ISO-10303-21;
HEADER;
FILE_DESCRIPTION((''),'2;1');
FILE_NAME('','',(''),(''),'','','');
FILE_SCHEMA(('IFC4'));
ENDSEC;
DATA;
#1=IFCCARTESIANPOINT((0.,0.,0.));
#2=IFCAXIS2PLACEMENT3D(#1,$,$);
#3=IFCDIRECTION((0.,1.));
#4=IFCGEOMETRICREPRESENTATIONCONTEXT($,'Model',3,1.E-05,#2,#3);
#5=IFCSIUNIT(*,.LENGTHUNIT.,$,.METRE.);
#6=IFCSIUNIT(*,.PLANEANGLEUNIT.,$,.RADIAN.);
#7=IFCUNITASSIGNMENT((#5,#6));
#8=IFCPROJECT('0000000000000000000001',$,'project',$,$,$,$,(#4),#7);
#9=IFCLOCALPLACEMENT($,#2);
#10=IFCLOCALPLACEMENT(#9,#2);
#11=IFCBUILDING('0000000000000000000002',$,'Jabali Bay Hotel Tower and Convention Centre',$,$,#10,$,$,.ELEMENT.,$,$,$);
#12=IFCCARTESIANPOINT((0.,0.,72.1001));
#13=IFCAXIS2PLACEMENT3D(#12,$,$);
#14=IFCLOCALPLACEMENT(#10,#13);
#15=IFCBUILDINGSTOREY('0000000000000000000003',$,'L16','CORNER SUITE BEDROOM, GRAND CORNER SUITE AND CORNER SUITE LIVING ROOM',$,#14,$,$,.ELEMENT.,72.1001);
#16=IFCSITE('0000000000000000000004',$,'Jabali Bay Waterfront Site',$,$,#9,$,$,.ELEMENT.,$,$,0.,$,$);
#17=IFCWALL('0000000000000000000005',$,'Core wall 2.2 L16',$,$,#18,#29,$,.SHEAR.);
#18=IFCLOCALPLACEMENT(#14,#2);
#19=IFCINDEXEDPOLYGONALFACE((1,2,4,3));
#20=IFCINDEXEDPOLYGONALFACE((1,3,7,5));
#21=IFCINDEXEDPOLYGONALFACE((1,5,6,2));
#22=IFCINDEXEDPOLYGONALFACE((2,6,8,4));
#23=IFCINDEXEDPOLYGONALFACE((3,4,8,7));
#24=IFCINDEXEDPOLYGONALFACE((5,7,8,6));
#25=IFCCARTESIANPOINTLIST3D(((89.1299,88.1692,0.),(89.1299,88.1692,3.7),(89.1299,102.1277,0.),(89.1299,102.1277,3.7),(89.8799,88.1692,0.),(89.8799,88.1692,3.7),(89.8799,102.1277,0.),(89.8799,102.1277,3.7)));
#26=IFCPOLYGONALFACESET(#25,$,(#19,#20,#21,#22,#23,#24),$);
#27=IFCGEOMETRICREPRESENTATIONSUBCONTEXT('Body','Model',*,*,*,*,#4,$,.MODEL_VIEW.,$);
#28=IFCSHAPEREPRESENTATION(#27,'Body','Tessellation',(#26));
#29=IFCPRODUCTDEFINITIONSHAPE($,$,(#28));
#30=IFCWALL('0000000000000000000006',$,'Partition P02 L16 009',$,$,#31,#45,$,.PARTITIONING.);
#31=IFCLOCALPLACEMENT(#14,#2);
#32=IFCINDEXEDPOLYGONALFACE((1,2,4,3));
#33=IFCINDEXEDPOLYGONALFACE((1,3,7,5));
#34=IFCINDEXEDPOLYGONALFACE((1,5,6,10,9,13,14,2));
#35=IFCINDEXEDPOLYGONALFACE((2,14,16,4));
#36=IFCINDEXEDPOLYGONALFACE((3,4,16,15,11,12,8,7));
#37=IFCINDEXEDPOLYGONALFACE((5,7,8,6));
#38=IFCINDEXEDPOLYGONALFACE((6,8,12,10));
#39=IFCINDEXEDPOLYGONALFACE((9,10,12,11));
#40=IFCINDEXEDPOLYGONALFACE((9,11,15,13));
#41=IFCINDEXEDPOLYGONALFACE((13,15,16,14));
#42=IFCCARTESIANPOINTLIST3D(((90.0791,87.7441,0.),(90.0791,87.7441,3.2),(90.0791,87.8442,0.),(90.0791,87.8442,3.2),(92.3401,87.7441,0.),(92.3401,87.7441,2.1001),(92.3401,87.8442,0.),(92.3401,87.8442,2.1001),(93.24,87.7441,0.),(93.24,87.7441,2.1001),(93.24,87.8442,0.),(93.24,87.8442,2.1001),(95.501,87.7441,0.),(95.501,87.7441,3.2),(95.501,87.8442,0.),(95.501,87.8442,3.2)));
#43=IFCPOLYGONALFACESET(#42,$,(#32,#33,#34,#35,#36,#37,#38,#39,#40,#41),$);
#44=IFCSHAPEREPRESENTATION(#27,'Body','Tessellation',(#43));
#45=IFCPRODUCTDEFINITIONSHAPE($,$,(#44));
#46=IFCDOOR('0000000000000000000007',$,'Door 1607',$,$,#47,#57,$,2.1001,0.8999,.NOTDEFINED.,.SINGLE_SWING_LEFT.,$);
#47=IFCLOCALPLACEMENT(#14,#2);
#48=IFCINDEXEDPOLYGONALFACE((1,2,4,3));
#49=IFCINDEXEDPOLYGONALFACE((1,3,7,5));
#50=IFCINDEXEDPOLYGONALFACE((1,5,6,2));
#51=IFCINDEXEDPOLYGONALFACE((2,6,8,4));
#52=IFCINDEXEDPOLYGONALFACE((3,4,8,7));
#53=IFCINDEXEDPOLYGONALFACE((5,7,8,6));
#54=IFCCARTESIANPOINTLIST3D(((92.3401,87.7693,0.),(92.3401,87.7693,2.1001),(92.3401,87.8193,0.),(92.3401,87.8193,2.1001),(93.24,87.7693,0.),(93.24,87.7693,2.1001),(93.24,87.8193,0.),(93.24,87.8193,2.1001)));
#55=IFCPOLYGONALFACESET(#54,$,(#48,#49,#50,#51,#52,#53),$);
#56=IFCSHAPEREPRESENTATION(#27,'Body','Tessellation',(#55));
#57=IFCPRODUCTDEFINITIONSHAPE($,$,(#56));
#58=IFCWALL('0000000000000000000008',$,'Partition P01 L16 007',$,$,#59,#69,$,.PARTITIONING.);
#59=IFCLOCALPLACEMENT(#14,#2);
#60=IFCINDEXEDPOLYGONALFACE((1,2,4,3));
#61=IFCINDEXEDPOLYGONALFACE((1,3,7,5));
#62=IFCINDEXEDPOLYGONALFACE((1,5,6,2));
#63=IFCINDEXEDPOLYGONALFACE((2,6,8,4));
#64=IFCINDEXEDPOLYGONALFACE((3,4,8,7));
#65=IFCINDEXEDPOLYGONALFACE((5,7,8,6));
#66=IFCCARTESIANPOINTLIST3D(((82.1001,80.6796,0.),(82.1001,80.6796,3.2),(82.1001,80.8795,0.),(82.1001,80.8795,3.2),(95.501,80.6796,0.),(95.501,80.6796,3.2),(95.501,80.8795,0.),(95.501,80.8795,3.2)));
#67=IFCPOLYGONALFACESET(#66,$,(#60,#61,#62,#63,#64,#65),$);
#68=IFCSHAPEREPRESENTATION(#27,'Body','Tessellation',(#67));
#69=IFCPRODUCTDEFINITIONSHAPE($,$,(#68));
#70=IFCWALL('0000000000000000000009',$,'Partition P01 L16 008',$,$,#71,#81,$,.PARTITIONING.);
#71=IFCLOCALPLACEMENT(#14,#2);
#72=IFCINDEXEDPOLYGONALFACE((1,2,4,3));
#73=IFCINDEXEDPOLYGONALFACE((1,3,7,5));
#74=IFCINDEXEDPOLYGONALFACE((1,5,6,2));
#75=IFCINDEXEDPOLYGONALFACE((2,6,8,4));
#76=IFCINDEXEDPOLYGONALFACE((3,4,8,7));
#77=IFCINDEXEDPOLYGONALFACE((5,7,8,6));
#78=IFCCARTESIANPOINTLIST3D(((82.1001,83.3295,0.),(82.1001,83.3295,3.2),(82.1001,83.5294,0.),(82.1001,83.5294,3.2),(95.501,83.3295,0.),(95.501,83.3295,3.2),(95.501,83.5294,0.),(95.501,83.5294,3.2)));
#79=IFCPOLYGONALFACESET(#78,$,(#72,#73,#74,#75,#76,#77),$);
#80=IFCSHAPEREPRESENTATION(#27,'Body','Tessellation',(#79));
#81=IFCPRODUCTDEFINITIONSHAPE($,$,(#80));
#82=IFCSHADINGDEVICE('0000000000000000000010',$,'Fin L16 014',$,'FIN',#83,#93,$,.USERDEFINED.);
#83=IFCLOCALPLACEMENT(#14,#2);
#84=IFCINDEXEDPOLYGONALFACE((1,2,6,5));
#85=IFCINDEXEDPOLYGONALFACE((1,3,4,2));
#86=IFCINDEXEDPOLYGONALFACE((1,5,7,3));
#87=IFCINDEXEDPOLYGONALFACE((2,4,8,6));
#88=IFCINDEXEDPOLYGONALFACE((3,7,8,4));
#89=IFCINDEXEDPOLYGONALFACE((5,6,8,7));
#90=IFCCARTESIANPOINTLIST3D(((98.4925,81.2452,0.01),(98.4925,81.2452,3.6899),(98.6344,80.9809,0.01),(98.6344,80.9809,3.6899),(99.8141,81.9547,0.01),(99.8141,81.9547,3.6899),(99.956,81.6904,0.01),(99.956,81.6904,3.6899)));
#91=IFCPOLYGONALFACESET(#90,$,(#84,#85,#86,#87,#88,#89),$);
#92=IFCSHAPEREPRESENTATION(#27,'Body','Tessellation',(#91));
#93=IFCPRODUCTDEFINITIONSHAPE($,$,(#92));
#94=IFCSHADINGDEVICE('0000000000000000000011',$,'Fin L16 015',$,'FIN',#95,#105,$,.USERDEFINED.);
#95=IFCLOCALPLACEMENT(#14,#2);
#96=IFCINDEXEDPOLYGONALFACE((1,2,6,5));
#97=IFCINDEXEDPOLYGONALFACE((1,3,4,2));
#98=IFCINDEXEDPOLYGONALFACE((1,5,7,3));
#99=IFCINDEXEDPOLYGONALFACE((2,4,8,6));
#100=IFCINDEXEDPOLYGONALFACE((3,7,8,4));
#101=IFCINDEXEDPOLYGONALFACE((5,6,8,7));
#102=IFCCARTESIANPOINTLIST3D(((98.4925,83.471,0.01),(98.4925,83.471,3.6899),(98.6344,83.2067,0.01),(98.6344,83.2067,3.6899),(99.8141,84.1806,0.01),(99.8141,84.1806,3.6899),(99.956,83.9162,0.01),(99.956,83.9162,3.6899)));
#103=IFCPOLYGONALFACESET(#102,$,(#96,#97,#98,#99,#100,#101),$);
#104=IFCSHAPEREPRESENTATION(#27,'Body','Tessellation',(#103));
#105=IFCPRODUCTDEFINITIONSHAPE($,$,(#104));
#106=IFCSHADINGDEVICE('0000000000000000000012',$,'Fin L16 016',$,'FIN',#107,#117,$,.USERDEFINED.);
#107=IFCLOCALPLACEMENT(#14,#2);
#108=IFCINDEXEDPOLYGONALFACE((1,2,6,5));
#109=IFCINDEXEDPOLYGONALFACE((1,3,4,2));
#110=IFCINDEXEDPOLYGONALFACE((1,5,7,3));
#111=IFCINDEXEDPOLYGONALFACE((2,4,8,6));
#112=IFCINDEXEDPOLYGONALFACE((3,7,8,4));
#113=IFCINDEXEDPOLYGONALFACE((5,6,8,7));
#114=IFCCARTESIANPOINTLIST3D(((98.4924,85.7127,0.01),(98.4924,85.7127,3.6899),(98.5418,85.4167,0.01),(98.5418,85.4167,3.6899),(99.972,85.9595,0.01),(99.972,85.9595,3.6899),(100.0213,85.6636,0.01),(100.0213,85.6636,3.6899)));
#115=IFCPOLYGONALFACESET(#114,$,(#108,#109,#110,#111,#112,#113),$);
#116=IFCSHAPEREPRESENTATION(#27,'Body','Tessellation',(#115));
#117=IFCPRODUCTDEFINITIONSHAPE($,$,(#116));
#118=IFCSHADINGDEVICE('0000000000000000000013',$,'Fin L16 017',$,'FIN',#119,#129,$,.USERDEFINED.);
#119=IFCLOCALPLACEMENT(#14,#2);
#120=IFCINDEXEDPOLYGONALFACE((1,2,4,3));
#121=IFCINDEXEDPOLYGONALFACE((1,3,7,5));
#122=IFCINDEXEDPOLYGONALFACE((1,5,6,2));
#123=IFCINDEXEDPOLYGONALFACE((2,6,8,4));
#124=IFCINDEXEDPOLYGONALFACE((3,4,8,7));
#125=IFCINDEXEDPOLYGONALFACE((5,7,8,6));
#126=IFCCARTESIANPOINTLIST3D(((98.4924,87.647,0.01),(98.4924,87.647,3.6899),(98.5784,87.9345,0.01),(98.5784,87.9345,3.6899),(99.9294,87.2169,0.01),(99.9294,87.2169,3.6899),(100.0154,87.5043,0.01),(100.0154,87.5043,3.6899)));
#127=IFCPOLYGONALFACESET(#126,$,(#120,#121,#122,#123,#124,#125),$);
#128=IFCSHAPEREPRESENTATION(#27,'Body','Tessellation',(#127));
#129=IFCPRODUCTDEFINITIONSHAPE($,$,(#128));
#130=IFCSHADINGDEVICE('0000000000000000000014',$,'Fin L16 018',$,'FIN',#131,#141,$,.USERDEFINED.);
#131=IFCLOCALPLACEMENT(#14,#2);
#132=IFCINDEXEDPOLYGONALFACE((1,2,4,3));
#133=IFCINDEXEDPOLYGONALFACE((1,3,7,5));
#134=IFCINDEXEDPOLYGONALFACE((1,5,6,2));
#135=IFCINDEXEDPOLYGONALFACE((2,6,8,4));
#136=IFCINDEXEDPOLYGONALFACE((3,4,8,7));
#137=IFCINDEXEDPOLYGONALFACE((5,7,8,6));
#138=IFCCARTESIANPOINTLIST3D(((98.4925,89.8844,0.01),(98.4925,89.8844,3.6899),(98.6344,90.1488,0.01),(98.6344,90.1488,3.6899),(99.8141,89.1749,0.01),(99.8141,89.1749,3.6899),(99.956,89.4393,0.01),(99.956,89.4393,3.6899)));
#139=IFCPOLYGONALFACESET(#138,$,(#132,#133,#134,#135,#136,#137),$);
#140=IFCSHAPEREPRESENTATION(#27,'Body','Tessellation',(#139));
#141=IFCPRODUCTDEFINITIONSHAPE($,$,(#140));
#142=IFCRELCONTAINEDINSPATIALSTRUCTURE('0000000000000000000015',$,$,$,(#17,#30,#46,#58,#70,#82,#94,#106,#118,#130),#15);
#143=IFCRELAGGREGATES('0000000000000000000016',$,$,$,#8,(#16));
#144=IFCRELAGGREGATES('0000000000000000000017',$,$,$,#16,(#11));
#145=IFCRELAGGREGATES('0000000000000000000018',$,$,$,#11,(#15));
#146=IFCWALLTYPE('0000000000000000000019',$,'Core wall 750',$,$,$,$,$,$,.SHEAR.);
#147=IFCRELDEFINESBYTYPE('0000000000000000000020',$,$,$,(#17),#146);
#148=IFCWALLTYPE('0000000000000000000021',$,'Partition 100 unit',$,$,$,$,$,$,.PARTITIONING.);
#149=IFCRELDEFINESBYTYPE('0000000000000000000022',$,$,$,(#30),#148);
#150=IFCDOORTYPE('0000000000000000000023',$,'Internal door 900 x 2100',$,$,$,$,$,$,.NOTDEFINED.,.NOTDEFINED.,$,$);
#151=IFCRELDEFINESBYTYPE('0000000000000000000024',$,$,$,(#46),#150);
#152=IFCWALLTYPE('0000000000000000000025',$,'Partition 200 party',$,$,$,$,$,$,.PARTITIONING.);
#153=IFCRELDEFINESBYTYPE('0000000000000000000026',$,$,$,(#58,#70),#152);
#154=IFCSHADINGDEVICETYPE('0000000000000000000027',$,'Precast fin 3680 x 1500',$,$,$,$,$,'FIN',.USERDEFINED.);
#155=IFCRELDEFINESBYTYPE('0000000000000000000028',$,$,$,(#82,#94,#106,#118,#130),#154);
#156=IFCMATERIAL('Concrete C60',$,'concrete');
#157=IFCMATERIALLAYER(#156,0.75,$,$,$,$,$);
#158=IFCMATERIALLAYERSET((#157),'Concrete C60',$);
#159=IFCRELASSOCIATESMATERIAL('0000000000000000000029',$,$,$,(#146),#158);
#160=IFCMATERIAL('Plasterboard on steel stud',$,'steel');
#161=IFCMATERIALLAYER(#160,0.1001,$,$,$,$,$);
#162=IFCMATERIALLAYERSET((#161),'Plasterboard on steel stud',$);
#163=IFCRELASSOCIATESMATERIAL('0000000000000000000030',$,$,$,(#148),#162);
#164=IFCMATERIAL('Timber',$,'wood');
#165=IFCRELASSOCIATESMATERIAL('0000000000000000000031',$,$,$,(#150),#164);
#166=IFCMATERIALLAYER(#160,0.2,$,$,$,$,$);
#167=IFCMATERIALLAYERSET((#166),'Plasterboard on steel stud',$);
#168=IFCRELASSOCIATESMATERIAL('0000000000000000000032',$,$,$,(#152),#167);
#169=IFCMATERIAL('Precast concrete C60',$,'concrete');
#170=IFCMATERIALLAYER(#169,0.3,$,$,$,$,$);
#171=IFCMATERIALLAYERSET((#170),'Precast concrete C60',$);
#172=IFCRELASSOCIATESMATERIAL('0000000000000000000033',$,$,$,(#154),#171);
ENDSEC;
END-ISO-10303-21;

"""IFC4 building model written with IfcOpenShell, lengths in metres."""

from ifc_helpers import new_model, si_unit, direction, frame, frame_2d, origin, place, context, subcontext, project, spatial, rectangle, extrude, material, layer, layer_set, type_object, element, fill, save


model = new_model("IFC4")

# Units and contexts
model_context = context("Model", 3, precision=1e-05, world=origin(), true_north=direction((0.0, 1.0)))
body_context = subcontext(model_context, "Body", "Model", "MODEL_VIEW")
ifc_project = project(units=[si_unit("LENGTHUNIT", "METRE"), si_unit("PLANEANGLEUNIT", "RADIAN")], contexts=[model_context])

# Site, building, storey
site_placement = place(None, origin())
site = spatial("IfcSite", under=ifc_project, at=site_placement, Name="Jabali Bay Waterfront Site", CompositionType="ELEMENT", RefElevation=0.0)
building_placement = place(site_placement, origin())
building = spatial("IfcBuilding", under=site, at=building_placement, Name="Jabali Bay Hotel Tower and Convention Centre", CompositionType="ELEMENT")
storey_placement = place(building_placement, frame((0.0, 0.0, 72.1001)))
storey = spatial("IfcBuildingStorey", under=building, at=storey_placement, Name="L16", Description="CORNER SUITE BEDROOM, GRAND CORNER SUITE AND CORNER SUITE LIVING ROOM", CompositionType="ELEMENT", Elevation=72.1001)

# Shared definitions
ifc_material_1 = material(Name="Concrete C60", Category="concrete")

# Shared definitions
ifc_layer_1 = layer(ifc_material_1, 0.75)
ifc_layer_set_1 = layer_set([ifc_layer_1], Name="Concrete C60")
wall_type_1 = type_object("IfcWallType", Name="Core wall 750", PredefinedType="SHEAR", material=ifc_layer_set_1)

# Wall
wall_1_placement = place(storey_placement, frame((89.5049, 88.1692, 0.0), z_axis=(0.0, 0.0, 1.0), x_axis=(0.0, 1.0, 0.0)))
element("IfcWall", 1, at=wall_1_placement, inside=storey, type_object=wall_type_1, Name="Core wall 2.2 L16", PredefinedType="SHEAR", context=body_context, shape_type="SweptSolid", body=[
    extrude(rectangle(XDim=13.9585, YDim=0.75, at=frame_2d((6.9792, 0.0))), origin(), (0.0, 0.0, 1.0), 3.7),
])

# Wall, opening, door
ifc_material_2 = material(Name="Plasterboard on steel stud", Category="steel")
ifc_layer_2 = layer(ifc_material_2, 0.1001)
ifc_layer_set_2 = layer_set([ifc_layer_2], Name="Plasterboard on steel stud")
wall_type_2 = type_object("IfcWallType", Name="Partition 100 unit", PredefinedType="PARTITIONING", material=ifc_layer_set_2)
wall_2_placement = place(storey_placement, frame((95.501, 87.7942, 0.0), z_axis=(0.0, 0.0, 1.0), x_axis=(-1.0, 0.0, 0.0)))
wall_2 = element("IfcWall", 2, at=wall_2_placement, inside=storey, type_object=wall_type_2, Name="Partition P02 L16 009", PredefinedType="PARTITIONING", context=body_context, shape_type="SweptSolid", body=[
    extrude(rectangle(XDim=5.4219, YDim=0.1001, at=frame_2d((2.7109, 0.0))), origin(), (0.0, 0.0, 1.0), 3.2),
])
opening_1_placement = place(wall_2_placement, frame((2.261, 0.0, 0.0)))
opening_1 = element("IfcOpeningElement", 3, at=opening_1_placement, cuts=wall_2, PredefinedType="OPENING", context=body_context, shape_type="SweptSolid", body=[
    extrude(rectangle(XDim=0.8999, YDim=2.1001, at=frame_2d((0.45, 1.05))), frame((0.0, 0.0605, 0.0), z_axis=(0.0, -1.0, 0.0), x_axis=(1.0, 0.0, 0.0)), (0.0, 0.0, 1.0), 0.1211),
])
ifc_material_3 = material(Name="Timber", Category="wood")
door_type_1 = type_object("IfcDoorType", Name="Internal door 900 x 2100", OperationType="NOTDEFINED", PredefinedType="NOTDEFINED", material=ifc_material_3)
door_1_placement = place(opening_1_placement, origin())
door_1 = element("IfcDoor", 4, at=door_1_placement, inside=storey, type_object=door_type_1, Name="Door 1607", OperationType="SINGLE_SWING_LEFT", OverallHeight=2.1001, OverallWidth=0.8999, PredefinedType="NOTDEFINED", context=body_context, shape_type="SweptSolid", body=[
    extrude(rectangle(XDim=0.8999, YDim=2.1001, at=frame_2d((0.45, 1.05))), frame((0.0, 0.0249, 0.0), z_axis=(0.0, -1.0, 0.0), x_axis=(1.0, 0.0, 0.0)), (0.0, 0.0, 1.0), 0.05),
])
fill(opening_1, door_1)

# Walls
ifc_layer_3 = layer(ifc_material_2, 0.2)
ifc_layer_set_3 = layer_set([ifc_layer_3], Name="Plasterboard on steel stud")
wall_type_3 = type_object("IfcWallType", Name="Partition 200 party", PredefinedType="PARTITIONING", material=ifc_layer_set_3)
for number, where, z_axis, x_axis, name in (
    (5, (95.501, 80.7795, 0.0), (0.0, 0.0, 1.0), (-1.0, 0.0, 0.0), "Partition P01 L16 007"),
    (6, (95.501, 83.4294, 0.0), (0.0, 0.0, 1.0), (-1.0, 0.0, 0.0), "Partition P01 L16 008"),
):
    element("IfcWall", number, at=place(storey_placement, frame(where, z_axis=z_axis, x_axis=x_axis)), inside=storey, type_object=wall_type_3, Name=name, PredefinedType="PARTITIONING", context=body_context, shape_type="SweptSolid", body=[
        extrude(rectangle(XDim=13.4009, YDim=0.2, at=frame_2d((6.7004, 0.0))), origin(), (0.0, 0.0, 1.0), 3.2),
    ])

# Shading devices
ifc_material_4 = material(Name="Precast concrete C60", Category="concrete")
ifc_layer_4 = layer(ifc_material_4, 0.3)
ifc_layer_set_4 = layer_set([ifc_layer_4], Name="Precast concrete C60")
shading_device_type = type_object("IfcShadingDeviceType", Name="Precast fin 3680 x 1500", ElementType="FIN", PredefinedType="USERDEFINED", material=ifc_layer_set_4)
for number, where, z_axis, x_axis, name in (
    (7, (98.5635, 81.113, 0.01), (0.0, 0.0, 1.0), (0.881061, 0.473003, 0.0), "Fin L16 014"),
    (8, (98.5635, 83.3389, 0.01), (0.0, 0.0, 1.0), (0.881061, 0.473003, 0.0), "Fin L16 015"),
    (9, (98.5171, 85.5647, 0.01), (0.0, 0.0, 1.0), (0.986368, 0.164557, 0.0), "Fin L16 016"),
    (10, (98.5354, 87.7908, 0.01), (0.0, 0.0, 1.0), (0.957996, -0.28678, 0.0), "Fin L16 017"),
    (11, (98.5635, 90.0166, 0.01), (0.0, 0.0, 1.0), (0.881061, -0.473003, 0.0), "Fin L16 018"),
):
    element("IfcShadingDevice", number, at=place(storey_placement, frame(where, z_axis=z_axis, x_axis=x_axis)), inside=storey, type_object=shading_device_type, Name=name, ObjectType="FIN", PredefinedType="USERDEFINED", context=body_context, shape_type="SweptSolid", body=[
        extrude(rectangle(XDim=1.5, YDim=0.3, at=frame_2d((0.75, 0.0))), origin(), (0.0, 0.0, 1.0), 3.6799),
    ])

save(model, "model.ifc")
